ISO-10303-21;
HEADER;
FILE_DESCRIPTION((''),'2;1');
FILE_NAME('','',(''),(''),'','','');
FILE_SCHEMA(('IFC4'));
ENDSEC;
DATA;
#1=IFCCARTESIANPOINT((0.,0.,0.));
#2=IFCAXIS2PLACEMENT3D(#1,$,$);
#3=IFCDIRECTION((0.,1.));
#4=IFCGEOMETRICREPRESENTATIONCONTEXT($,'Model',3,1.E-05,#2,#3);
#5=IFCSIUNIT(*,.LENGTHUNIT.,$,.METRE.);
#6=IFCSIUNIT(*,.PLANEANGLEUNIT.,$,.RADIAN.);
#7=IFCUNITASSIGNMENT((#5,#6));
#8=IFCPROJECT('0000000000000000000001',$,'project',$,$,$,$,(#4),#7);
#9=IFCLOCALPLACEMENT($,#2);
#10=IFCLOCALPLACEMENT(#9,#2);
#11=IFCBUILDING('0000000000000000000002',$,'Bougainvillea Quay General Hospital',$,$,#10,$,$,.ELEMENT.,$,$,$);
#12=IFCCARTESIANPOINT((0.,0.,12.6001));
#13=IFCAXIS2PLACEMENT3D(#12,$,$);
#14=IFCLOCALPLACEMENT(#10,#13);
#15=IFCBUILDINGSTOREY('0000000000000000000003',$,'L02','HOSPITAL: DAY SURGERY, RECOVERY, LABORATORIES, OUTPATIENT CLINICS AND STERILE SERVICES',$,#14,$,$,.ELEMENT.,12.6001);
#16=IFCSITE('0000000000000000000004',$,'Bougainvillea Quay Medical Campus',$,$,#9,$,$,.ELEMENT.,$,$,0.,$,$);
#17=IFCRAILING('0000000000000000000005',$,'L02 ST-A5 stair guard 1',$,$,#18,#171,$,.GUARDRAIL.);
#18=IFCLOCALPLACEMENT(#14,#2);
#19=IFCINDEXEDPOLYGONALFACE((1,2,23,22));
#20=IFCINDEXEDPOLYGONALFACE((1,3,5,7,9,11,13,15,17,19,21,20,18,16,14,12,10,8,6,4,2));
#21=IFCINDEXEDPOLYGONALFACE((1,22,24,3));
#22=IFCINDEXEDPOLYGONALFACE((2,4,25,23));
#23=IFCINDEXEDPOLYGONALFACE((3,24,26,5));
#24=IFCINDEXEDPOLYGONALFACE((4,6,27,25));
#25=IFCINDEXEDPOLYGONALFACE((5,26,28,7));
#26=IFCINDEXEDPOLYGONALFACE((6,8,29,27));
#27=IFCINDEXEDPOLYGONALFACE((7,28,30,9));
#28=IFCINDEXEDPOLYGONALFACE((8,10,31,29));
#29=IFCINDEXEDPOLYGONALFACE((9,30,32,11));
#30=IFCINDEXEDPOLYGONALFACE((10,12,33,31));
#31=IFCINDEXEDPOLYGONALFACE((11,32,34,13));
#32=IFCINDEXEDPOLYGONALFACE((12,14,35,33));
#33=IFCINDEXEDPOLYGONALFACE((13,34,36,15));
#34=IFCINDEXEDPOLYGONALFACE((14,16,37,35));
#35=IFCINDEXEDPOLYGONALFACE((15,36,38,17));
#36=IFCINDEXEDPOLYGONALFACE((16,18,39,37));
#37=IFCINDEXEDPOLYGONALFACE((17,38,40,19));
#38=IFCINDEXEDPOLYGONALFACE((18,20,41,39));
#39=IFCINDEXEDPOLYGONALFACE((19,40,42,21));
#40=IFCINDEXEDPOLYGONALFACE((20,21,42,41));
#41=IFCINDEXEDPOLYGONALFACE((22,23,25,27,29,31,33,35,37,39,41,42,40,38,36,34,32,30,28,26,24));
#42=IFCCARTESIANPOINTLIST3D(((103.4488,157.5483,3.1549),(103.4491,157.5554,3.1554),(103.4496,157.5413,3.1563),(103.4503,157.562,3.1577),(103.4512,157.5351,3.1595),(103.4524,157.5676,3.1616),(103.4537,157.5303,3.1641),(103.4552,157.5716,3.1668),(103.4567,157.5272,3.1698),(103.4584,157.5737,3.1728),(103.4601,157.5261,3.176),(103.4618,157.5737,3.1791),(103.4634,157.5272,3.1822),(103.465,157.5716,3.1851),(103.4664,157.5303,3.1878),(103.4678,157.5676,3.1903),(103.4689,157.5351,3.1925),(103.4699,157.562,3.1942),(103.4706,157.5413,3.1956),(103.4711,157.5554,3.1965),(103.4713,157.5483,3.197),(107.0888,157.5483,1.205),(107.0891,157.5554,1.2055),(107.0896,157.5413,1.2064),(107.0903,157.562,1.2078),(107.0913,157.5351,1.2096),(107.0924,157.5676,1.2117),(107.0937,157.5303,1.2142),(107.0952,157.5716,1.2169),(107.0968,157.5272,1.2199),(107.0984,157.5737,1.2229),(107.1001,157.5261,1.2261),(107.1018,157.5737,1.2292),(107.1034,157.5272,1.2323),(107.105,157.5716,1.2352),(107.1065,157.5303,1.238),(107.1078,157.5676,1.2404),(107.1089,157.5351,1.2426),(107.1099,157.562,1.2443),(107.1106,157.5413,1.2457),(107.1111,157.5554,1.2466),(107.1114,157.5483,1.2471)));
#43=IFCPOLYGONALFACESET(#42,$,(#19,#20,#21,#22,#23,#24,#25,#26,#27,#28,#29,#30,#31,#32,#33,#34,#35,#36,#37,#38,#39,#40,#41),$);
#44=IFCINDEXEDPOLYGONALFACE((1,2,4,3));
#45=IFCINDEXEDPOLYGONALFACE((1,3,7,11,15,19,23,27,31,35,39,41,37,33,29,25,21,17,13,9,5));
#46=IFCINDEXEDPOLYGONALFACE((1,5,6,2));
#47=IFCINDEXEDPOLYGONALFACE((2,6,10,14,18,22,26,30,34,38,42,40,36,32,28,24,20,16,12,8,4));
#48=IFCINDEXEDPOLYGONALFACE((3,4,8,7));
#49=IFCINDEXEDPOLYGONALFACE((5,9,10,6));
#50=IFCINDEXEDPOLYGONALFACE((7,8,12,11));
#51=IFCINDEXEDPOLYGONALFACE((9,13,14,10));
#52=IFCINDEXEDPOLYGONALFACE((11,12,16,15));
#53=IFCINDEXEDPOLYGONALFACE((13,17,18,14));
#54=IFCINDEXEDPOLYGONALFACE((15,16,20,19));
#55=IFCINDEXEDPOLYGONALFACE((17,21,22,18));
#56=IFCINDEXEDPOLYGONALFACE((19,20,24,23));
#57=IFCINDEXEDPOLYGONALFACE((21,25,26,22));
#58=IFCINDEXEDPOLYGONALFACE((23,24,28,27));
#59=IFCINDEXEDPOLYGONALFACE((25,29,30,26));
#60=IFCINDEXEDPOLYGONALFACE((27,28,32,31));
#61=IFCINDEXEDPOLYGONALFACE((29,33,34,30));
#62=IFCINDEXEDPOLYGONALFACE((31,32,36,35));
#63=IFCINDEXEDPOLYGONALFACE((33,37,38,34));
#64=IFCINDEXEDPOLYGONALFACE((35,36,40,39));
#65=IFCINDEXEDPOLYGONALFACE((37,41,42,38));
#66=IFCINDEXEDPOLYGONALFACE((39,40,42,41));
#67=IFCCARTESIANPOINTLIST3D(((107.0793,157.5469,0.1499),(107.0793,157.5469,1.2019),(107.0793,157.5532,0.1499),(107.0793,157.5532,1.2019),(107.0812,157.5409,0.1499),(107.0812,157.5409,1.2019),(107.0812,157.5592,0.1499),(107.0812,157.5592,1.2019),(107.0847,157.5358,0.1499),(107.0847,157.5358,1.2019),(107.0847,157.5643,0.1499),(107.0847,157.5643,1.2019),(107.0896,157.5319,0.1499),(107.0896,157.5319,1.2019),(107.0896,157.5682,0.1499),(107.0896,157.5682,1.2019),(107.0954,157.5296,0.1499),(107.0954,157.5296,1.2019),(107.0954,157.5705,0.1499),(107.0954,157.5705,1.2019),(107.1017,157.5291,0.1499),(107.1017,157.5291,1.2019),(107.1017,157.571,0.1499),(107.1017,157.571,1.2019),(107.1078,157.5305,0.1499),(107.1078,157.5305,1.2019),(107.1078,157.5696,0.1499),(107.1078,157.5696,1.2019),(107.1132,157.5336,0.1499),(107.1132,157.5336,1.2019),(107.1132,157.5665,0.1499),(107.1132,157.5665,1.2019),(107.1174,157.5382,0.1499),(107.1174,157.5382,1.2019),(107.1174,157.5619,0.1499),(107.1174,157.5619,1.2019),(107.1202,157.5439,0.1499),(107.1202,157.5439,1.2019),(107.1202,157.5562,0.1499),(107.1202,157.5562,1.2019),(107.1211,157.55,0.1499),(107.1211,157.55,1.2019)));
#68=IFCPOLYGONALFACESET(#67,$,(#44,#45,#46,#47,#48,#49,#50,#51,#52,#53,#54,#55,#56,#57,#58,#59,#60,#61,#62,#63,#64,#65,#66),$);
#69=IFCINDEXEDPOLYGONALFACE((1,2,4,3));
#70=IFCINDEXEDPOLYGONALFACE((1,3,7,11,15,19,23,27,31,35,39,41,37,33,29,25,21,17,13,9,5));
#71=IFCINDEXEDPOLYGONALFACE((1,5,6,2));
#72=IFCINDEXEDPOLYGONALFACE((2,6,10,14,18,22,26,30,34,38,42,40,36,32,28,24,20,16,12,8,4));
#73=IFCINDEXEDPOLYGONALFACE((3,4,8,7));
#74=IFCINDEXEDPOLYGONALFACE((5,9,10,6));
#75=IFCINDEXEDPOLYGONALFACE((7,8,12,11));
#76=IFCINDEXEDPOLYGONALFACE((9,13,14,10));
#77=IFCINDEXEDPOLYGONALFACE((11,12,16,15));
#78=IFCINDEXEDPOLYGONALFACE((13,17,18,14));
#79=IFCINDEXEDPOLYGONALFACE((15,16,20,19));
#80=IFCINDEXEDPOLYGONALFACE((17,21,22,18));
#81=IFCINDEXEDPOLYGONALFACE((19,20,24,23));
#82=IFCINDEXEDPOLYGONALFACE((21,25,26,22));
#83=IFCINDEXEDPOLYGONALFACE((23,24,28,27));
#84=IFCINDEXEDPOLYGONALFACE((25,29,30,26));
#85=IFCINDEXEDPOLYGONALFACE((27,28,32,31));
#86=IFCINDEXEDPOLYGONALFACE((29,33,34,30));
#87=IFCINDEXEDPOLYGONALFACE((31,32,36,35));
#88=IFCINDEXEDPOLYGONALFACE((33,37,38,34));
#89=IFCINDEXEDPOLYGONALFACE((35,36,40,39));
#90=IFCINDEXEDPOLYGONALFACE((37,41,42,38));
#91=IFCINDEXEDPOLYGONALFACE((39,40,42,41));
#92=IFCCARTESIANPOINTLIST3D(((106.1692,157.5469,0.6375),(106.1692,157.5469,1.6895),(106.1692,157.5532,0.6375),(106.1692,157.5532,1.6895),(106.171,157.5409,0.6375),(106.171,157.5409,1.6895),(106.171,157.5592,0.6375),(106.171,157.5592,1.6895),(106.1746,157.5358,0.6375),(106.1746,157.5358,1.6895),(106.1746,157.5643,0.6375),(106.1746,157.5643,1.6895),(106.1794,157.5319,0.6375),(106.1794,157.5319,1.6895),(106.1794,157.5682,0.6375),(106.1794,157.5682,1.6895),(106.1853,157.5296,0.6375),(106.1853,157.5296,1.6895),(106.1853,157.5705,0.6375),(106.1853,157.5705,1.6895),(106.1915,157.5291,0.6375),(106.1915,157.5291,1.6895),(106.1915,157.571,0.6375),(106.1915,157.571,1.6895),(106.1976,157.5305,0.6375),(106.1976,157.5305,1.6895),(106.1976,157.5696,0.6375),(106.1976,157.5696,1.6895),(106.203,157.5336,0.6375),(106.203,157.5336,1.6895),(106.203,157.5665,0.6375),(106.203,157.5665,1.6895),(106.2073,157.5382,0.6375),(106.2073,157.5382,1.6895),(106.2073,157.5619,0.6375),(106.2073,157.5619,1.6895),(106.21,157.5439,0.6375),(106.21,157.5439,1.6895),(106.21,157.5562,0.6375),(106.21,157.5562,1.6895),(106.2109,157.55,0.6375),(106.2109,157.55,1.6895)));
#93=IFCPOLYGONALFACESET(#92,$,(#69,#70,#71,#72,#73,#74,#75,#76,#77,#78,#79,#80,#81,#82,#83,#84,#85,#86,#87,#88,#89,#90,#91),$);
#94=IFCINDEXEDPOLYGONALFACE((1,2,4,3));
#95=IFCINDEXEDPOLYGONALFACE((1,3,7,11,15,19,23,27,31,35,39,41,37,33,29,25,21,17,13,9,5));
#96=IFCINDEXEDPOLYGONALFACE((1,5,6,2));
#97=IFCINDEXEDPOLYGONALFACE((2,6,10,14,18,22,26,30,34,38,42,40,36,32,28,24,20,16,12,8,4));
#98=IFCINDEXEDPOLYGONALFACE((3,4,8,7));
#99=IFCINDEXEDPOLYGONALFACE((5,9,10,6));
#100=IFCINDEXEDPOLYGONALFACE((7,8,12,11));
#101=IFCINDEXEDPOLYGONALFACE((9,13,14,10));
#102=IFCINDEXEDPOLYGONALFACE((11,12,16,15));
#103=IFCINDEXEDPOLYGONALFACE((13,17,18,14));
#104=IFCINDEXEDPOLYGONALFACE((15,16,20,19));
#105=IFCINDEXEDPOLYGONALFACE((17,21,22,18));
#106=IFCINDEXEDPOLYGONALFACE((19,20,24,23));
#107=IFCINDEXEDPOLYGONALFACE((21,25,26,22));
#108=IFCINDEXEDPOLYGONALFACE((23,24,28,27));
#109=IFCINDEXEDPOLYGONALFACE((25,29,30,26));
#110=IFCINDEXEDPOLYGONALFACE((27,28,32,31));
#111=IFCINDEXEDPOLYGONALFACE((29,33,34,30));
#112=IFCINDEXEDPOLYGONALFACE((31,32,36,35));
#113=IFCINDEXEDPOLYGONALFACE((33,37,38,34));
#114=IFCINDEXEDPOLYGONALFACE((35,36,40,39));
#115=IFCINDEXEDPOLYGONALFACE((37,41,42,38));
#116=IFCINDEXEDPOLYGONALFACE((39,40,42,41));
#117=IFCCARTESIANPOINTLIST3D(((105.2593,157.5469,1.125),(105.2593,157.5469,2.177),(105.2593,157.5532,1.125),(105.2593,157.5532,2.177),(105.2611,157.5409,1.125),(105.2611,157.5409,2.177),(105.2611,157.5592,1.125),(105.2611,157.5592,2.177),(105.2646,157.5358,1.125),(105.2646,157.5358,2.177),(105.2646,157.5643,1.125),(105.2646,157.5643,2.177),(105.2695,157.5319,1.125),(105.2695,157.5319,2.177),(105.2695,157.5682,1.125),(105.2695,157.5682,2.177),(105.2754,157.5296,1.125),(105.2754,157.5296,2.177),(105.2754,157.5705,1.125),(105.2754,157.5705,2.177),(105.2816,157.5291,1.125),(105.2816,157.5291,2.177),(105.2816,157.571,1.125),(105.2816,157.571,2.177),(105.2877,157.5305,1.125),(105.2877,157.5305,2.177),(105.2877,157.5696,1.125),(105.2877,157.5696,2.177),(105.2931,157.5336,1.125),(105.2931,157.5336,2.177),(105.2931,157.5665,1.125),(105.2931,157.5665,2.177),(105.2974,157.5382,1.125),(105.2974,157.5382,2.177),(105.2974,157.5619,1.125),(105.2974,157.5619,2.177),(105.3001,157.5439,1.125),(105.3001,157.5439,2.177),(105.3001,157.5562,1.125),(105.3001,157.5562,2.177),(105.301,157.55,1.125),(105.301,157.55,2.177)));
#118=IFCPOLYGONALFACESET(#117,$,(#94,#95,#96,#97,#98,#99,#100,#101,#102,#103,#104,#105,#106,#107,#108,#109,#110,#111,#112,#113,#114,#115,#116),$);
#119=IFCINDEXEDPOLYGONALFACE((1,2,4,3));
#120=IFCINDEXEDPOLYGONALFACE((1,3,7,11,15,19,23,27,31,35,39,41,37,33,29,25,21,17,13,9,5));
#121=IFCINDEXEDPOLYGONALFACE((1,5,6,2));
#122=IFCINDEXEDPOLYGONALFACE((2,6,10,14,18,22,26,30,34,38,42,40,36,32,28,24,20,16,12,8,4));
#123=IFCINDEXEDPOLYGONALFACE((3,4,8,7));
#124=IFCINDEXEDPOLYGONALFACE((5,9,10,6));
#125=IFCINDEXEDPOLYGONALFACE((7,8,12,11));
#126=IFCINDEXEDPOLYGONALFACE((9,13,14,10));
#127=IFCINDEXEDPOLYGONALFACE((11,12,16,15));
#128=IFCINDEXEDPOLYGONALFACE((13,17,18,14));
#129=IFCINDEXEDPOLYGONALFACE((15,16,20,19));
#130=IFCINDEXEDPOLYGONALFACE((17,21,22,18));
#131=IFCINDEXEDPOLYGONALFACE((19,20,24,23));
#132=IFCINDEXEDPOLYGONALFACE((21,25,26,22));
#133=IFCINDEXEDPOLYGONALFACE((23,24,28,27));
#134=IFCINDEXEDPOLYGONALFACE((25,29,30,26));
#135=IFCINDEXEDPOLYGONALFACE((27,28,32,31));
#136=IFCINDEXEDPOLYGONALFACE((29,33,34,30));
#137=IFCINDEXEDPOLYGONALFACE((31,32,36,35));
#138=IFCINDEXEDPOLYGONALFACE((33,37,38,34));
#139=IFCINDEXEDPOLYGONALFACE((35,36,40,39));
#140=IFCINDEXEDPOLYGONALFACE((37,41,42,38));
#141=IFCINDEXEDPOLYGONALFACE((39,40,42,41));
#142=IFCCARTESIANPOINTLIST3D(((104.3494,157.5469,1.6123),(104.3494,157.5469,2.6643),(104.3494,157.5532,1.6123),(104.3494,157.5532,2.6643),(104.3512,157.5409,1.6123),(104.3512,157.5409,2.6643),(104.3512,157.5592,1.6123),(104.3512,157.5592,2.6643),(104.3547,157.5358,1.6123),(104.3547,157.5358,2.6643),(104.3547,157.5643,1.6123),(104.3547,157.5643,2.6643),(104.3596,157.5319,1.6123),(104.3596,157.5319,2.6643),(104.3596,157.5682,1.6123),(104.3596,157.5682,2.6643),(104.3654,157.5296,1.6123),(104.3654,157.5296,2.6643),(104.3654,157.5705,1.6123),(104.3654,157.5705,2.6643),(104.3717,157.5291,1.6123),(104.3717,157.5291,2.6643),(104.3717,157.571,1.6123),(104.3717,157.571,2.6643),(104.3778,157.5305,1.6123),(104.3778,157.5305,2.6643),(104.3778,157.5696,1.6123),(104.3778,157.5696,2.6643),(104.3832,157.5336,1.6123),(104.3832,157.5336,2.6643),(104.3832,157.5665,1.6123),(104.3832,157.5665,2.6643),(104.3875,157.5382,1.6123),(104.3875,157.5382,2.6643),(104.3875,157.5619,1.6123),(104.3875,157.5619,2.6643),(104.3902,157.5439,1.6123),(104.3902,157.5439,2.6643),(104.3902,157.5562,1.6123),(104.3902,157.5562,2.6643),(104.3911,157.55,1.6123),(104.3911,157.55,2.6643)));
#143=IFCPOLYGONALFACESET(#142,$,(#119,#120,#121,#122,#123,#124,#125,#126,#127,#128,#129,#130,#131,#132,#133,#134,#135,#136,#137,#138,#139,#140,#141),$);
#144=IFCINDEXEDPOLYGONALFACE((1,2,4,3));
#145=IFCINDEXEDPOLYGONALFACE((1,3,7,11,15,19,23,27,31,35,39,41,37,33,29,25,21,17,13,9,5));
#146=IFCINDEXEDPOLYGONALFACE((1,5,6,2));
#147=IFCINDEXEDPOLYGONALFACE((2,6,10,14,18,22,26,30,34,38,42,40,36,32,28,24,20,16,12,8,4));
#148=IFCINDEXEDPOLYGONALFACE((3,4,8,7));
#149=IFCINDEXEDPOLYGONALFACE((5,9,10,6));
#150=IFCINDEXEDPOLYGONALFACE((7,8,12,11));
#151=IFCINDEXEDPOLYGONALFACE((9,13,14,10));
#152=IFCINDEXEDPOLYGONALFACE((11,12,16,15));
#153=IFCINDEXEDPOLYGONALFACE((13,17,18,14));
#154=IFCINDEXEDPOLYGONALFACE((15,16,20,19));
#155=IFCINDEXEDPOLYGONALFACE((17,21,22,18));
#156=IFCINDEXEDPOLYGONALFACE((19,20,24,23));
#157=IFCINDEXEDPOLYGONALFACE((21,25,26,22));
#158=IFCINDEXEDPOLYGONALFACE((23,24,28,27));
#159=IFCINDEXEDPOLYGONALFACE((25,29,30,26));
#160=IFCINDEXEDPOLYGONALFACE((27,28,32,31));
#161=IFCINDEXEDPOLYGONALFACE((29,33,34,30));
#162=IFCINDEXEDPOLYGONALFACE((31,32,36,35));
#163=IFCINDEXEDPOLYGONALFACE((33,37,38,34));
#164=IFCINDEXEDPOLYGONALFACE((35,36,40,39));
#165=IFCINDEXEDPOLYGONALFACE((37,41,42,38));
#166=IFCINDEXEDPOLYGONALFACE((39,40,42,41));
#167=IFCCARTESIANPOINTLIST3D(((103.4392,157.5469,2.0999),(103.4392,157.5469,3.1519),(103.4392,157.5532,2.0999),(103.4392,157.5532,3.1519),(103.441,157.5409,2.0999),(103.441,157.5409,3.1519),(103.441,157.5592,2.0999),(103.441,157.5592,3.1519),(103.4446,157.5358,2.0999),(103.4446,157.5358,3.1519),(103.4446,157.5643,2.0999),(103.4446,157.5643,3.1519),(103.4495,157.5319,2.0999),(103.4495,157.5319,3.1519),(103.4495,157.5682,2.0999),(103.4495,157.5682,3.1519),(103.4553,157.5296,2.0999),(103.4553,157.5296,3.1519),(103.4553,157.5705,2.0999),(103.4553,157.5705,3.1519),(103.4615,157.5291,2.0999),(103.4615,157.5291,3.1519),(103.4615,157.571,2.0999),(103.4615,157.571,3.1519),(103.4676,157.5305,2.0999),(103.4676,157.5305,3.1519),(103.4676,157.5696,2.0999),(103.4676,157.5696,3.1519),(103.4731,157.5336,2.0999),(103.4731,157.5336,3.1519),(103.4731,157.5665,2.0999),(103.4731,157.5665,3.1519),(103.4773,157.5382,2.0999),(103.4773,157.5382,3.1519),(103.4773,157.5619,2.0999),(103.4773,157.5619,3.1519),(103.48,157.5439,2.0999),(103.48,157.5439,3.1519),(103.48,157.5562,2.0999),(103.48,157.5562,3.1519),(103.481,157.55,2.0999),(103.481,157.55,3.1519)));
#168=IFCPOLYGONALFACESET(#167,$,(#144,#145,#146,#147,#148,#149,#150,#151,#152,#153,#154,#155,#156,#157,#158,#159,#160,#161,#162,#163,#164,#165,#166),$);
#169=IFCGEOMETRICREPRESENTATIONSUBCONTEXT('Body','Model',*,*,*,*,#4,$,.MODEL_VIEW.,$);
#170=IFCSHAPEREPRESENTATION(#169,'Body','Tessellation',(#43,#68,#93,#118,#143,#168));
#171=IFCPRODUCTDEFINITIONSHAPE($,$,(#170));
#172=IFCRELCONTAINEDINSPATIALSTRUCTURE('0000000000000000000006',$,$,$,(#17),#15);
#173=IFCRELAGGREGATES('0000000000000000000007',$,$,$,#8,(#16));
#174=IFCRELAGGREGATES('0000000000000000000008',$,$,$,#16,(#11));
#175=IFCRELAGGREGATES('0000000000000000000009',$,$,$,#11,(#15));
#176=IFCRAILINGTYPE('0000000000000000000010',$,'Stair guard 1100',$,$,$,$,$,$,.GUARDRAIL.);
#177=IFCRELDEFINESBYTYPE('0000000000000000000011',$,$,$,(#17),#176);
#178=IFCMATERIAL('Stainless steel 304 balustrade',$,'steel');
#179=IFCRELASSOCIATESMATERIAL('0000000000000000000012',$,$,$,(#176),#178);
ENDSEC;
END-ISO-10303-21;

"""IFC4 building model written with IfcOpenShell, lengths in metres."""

from ifc_helpers import new_model, si_unit, direction, frame, origin, origin_2d, place, context, subcontext, project, spatial, circle, extrude, material, type_object, element, save


model = new_model("IFC4")

# Units and contexts
model_context = context("Model", 3, precision=1e-05, world=origin(), true_north=direction((0.0, 1.0)))
body_context = subcontext(model_context, "Body", "Model", "MODEL_VIEW")
ifc_project = project(units=[si_unit("LENGTHUNIT", "METRE"), si_unit("PLANEANGLEUNIT", "RADIAN")], contexts=[model_context])

# Site, building, storey
site_placement = place(None, origin())
site = spatial("IfcSite", under=ifc_project, at=site_placement, Name="Bougainvillea Quay Medical Campus", CompositionType="ELEMENT", RefElevation=0.0)
building_placement = place(site_placement, origin())
building = spatial("IfcBuilding", under=site, at=building_placement, Name="Bougainvillea Quay General Hospital", CompositionType="ELEMENT")
storey_placement = place(building_placement, frame((0.0, 0.0, 12.6001)))
storey = spatial("IfcBuildingStorey", under=building, at=storey_placement, Name="L02", Description="HOSPITAL: DAY SURGERY, RECOVERY, LABORATORIES, OUTPATIENT CLINICS AND STERILE SERVICES", CompositionType="ELEMENT", Elevation=12.6001)

# Railing
ifc_material_1 = material(Name="Stainless steel 304 balustrade", Category="steel")
railing_type_1 = type_object("IfcRailingType", Name="Stair guard 1100", PredefinedType="GUARDRAIL", material=ifc_material_1)
railing_1_placement = place(storey_placement, frame((107.1001, 157.55, 0.1499)))
element("IfcRailing", 1, at=railing_1_placement, inside=storey, type_object=railing_type_1, Name="L02 ST-A5 stair guard 1", PredefinedType="GUARDRAIL", context=body_context, shape_type="SweptSolid", body=[
    extrude(circle(Radius=0.0239, at=origin_2d()), frame((0.0, 0.0, 1.0762), z_axis=(-0.881492, 0.0, 0.472198), x_axis=(0.0, -1.0, 0.0)), (0.0, 0.0, 1.0), 4.1294),
    extrude(circle(Radius=0.021, at=origin_2d()), origin(), (0.0, 0.0, 1.0), 1.052),
    extrude(circle(Radius=0.021, at=origin_2d()), frame((-0.9102, 0.0, 0.4875)), (0.0, 0.0, 1.0), 1.052),
    extrude(circle(Radius=0.021, at=origin_2d()), frame((-1.8201, 0.0, 0.9751)), (0.0, 0.0, 1.0), 1.052),
    extrude(circle(Radius=0.021, at=origin_2d()), frame((-2.73, 0.0, 1.4624)), (0.0, 0.0, 1.0), 1.052),
    extrude(circle(Radius=0.021, at=origin_2d()), frame((-3.6401, 0.0, 1.95)), (0.0, 0.0, 1.0), 1.052),
])

save(model, "model.ifc")
